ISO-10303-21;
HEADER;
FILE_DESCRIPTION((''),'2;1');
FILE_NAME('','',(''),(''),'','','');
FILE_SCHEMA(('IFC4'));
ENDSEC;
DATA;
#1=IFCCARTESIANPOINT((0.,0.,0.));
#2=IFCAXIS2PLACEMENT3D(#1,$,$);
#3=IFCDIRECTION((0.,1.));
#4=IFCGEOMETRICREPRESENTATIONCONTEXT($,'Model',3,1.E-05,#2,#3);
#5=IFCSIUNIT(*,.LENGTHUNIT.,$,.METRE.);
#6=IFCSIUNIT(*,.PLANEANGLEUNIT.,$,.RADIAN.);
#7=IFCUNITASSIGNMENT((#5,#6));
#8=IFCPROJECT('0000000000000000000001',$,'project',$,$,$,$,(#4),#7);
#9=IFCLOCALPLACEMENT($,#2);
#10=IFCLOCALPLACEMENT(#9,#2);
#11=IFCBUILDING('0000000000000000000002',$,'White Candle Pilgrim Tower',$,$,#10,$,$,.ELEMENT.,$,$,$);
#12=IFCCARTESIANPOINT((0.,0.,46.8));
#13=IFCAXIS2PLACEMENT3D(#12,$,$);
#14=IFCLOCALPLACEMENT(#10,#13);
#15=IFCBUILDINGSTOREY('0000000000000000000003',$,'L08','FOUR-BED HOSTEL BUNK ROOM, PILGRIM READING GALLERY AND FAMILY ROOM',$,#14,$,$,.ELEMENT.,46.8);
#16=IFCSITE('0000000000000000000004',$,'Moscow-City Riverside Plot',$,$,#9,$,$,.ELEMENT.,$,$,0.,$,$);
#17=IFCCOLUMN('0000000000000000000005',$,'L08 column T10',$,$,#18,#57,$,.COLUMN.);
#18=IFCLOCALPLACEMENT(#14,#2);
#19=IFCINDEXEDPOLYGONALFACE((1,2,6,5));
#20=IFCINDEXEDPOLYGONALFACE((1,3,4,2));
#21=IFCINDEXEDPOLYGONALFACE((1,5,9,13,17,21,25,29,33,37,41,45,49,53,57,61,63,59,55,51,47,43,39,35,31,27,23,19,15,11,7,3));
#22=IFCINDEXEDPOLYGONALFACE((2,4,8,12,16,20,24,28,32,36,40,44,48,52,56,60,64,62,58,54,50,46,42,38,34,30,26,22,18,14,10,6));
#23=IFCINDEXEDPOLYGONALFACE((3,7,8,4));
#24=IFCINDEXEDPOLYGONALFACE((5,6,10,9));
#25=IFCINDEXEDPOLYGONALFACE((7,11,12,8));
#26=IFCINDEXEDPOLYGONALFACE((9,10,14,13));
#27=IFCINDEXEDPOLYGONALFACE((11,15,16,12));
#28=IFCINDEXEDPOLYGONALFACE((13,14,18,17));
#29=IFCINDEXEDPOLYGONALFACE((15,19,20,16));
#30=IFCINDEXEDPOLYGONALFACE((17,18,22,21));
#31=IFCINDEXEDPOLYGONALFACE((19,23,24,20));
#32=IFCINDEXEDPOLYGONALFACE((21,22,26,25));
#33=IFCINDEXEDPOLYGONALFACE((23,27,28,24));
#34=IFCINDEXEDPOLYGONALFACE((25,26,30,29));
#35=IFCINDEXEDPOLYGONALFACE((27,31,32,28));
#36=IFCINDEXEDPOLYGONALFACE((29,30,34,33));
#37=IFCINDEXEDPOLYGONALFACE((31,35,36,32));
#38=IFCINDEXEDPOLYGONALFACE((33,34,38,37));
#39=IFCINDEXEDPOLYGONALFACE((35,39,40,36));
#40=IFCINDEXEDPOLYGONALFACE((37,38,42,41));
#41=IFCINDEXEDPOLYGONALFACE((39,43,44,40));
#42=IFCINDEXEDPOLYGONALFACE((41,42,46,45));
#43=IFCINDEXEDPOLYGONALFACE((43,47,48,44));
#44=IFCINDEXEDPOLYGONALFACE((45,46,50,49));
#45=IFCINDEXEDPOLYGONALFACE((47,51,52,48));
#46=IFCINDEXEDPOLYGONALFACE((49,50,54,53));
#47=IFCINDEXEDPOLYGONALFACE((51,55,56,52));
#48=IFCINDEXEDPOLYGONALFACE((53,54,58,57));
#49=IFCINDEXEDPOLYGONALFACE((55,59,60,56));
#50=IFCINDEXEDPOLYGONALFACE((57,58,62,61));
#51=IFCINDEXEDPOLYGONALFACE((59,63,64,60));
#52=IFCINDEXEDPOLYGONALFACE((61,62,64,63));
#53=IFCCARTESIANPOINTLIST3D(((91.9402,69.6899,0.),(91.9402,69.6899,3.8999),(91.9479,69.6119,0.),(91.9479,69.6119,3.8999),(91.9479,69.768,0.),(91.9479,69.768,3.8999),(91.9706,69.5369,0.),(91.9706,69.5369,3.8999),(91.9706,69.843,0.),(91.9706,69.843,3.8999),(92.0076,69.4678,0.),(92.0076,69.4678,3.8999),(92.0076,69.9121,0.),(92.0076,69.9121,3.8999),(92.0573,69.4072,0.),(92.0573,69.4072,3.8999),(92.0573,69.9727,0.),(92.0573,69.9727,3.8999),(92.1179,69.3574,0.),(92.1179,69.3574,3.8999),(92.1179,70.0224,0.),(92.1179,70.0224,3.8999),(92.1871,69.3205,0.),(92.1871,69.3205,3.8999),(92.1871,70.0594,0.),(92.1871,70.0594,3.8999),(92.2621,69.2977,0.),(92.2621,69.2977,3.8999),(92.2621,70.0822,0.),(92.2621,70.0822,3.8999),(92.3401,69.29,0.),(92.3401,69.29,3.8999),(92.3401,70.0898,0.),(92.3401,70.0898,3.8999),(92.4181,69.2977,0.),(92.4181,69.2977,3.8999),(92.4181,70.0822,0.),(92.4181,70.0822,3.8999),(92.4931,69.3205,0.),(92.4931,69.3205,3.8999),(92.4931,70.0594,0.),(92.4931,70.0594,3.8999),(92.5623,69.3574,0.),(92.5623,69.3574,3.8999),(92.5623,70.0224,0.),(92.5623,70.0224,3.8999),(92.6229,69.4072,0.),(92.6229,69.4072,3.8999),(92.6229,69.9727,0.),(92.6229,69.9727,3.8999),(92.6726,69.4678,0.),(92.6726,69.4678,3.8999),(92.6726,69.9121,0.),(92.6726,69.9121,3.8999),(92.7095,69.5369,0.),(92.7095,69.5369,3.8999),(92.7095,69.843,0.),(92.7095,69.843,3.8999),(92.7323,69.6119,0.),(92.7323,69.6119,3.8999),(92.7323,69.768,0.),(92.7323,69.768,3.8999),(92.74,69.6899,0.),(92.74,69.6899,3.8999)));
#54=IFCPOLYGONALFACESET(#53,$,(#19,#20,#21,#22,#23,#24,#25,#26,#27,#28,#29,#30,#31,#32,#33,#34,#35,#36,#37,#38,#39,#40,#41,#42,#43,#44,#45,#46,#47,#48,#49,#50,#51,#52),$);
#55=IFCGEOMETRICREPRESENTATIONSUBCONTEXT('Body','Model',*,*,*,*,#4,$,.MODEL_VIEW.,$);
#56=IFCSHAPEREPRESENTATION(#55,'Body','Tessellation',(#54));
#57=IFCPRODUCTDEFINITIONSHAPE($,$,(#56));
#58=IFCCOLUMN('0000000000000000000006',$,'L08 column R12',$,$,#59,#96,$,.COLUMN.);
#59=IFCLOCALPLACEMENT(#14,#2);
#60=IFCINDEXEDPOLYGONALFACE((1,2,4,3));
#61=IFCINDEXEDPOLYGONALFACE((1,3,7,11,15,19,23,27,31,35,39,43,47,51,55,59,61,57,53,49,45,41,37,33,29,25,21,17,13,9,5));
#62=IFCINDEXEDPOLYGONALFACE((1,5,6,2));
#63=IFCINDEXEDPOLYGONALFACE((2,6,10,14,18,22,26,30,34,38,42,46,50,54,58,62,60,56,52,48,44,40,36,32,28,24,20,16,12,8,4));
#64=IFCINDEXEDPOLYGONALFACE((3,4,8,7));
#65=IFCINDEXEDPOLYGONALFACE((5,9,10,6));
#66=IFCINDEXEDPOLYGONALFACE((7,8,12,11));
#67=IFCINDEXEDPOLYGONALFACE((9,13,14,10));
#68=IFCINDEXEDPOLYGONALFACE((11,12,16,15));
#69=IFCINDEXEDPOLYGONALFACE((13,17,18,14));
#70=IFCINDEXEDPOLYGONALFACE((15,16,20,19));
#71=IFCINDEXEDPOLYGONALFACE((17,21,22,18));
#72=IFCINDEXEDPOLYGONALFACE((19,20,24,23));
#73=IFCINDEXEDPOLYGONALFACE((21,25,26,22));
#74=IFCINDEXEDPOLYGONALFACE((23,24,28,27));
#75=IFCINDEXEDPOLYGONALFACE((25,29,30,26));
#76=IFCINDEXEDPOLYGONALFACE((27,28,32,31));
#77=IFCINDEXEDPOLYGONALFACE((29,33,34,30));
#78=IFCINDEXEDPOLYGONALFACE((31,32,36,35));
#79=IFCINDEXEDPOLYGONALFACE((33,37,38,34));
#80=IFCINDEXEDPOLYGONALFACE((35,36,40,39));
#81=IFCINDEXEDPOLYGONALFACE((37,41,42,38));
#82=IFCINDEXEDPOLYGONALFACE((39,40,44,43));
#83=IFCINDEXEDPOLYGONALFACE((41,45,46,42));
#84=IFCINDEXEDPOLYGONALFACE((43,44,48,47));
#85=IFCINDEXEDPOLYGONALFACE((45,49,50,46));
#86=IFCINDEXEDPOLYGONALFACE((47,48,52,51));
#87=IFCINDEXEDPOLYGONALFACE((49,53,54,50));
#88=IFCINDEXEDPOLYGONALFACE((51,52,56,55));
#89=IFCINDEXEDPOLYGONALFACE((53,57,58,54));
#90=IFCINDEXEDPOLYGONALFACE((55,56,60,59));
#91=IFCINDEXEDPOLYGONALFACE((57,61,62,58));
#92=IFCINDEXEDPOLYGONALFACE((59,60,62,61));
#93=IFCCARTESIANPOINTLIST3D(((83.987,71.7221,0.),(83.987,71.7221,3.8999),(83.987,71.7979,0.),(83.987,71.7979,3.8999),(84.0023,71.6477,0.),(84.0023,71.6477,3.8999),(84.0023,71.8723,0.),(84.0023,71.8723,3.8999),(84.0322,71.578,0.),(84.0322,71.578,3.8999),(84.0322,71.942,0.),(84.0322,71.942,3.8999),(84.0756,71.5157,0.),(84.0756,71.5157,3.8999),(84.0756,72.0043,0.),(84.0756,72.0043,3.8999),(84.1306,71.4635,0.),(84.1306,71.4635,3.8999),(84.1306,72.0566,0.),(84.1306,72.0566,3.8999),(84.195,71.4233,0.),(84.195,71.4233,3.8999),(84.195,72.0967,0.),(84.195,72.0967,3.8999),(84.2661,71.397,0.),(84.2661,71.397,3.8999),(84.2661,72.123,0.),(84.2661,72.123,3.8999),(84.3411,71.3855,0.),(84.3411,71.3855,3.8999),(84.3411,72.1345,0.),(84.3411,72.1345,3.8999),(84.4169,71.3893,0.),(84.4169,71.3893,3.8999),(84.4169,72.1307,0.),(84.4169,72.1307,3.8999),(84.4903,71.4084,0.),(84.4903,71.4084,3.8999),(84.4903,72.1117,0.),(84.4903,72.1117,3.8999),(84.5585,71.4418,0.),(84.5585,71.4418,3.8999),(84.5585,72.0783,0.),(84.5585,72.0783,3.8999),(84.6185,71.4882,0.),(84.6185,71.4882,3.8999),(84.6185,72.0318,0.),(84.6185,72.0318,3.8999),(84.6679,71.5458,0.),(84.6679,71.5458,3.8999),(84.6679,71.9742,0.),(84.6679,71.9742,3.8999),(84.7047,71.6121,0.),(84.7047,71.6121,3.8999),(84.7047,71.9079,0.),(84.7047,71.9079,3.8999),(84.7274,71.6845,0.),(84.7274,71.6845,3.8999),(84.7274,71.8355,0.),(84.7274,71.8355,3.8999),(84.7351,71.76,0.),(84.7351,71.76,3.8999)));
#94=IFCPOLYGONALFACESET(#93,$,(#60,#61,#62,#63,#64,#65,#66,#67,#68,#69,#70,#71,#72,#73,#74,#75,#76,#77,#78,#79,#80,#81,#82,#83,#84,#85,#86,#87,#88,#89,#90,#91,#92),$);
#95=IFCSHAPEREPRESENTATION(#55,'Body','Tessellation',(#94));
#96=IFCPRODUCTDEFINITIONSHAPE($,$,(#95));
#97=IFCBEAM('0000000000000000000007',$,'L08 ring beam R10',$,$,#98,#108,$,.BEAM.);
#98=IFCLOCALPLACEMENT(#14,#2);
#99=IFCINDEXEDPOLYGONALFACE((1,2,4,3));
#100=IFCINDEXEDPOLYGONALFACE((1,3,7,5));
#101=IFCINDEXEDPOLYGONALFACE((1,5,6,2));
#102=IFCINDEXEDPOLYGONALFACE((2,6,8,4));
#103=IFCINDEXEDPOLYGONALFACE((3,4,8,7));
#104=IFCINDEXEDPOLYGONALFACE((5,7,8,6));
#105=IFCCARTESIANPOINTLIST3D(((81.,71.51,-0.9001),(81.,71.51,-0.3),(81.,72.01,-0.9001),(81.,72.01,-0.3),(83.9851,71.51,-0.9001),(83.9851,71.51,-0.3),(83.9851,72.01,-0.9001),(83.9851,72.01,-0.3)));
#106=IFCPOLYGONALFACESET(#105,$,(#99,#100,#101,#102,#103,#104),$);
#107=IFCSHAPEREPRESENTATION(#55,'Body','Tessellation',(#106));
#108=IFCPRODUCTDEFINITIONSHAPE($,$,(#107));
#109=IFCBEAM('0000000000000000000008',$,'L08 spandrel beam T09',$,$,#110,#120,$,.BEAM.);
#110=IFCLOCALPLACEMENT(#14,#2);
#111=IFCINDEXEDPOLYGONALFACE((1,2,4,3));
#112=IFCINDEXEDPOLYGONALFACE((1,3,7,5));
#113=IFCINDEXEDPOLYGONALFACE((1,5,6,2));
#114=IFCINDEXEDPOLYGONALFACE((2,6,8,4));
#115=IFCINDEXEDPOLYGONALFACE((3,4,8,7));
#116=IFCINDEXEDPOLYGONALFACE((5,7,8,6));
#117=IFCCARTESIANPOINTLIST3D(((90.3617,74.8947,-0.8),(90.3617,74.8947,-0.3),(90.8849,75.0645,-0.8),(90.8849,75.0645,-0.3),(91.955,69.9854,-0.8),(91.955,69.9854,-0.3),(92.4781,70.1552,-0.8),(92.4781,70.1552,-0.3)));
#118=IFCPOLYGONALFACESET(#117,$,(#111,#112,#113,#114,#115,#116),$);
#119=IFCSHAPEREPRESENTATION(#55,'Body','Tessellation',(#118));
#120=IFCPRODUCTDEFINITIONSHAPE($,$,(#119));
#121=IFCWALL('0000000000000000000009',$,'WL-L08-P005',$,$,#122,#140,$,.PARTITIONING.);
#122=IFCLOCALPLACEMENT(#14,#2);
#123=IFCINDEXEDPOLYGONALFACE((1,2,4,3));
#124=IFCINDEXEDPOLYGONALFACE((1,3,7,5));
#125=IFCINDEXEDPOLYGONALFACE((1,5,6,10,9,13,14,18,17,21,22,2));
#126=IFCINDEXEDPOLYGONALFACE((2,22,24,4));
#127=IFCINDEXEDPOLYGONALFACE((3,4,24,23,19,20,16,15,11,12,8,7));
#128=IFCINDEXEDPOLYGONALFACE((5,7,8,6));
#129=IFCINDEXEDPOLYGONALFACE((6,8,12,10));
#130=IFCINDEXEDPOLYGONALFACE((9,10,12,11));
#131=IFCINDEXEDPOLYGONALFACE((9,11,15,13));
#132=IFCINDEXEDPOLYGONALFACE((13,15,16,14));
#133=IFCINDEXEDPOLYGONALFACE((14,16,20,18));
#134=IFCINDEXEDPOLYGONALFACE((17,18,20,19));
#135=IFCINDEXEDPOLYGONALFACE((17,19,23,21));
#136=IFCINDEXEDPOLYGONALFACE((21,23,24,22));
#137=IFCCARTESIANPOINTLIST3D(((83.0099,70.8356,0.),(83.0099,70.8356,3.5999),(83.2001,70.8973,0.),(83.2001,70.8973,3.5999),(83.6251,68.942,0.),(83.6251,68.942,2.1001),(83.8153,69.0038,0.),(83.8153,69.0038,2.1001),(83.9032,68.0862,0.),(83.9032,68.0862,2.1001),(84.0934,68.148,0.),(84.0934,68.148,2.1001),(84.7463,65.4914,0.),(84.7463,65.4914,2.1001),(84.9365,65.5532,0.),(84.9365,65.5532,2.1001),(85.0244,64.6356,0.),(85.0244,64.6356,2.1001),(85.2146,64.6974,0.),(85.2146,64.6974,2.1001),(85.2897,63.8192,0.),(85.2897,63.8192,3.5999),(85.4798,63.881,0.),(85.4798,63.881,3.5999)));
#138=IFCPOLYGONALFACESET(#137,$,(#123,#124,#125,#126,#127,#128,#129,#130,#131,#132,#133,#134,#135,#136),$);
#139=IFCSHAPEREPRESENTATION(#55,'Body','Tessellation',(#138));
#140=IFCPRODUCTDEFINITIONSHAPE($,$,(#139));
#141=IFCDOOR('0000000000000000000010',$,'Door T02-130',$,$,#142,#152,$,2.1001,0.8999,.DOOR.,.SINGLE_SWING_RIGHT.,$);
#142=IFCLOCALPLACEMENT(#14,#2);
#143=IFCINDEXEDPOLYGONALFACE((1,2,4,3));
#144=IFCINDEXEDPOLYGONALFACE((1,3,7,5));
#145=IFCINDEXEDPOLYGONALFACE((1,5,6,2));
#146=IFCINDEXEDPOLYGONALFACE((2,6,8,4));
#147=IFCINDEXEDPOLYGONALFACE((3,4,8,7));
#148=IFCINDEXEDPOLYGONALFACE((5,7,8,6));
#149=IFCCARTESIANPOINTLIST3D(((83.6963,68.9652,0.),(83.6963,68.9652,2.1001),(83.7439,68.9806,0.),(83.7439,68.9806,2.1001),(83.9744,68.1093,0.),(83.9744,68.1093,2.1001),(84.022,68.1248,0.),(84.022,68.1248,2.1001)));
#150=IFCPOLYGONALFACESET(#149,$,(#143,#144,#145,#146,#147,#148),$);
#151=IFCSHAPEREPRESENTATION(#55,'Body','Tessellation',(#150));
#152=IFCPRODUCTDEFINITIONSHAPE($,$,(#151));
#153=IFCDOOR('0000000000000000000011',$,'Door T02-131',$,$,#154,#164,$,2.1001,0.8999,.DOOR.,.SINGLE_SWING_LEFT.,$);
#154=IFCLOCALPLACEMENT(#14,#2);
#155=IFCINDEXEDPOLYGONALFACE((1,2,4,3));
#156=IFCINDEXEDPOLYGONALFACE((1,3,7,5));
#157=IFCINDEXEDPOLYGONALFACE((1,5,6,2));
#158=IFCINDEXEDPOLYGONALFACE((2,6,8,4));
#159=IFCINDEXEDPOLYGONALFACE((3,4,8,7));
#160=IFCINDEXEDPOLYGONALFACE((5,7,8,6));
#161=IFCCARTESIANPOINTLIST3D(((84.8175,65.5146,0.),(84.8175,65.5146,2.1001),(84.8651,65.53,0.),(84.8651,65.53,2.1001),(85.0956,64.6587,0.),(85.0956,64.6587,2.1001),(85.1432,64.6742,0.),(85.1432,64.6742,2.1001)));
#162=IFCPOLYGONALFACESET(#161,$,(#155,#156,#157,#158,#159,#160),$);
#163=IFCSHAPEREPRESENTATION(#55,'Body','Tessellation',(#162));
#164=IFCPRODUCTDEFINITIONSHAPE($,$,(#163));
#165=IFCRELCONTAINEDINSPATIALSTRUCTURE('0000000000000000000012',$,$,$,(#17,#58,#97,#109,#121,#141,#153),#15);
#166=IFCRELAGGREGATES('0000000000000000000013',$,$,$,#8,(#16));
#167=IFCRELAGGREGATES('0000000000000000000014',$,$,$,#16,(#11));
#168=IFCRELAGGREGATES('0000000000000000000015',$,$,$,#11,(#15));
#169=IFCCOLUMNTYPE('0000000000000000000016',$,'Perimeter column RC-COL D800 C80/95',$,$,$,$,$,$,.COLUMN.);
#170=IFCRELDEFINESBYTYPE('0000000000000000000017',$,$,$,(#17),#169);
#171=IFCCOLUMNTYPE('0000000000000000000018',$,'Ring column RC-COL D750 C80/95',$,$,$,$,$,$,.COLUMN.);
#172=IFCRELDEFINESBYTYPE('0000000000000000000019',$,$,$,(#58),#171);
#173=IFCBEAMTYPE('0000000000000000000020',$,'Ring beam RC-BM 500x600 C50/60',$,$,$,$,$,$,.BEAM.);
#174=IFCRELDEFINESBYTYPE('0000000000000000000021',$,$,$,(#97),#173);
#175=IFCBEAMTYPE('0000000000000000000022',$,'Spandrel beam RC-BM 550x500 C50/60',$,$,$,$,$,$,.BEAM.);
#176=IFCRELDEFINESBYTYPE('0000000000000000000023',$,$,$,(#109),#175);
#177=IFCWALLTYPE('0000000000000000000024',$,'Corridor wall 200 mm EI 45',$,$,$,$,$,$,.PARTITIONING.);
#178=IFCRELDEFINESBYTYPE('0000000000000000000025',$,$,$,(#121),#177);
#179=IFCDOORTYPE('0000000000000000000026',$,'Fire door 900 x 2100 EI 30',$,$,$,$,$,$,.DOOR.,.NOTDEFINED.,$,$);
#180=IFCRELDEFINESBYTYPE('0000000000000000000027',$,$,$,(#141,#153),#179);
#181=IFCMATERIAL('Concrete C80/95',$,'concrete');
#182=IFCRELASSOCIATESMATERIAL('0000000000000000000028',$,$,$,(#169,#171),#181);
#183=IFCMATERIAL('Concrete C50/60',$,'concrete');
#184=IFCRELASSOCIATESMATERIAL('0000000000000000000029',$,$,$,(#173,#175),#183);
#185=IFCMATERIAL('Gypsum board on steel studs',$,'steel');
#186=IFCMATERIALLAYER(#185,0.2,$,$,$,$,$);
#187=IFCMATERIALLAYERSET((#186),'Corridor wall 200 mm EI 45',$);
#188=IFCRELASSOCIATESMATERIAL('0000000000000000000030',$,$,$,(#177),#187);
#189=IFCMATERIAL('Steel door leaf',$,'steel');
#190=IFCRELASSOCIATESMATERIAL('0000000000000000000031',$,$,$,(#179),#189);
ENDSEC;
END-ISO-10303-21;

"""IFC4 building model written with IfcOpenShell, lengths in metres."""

from ifc_helpers import new_model, si_unit, direction, frame, frame_2d, origin, origin_2d, place, context, subcontext, project, spatial, rectangle, circle, extrude, material, layer, layer_set, material_profile, profile_set, type_object, element, fill, save


model = new_model("IFC4")

# Units and contexts
model_context = context("Model", 3, precision=1e-05, world=origin(), true_north=direction((0.0, 1.0)))
body_context = subcontext(model_context, "Body", "Model", "MODEL_VIEW")
ifc_project = project(units=[si_unit("LENGTHUNIT", "METRE"), si_unit("PLANEANGLEUNIT", "RADIAN")], contexts=[model_context])

# Site, building, storey
site_placement = place(None, origin())
site = spatial("IfcSite", under=ifc_project, at=site_placement, Name="Moscow-City Riverside Plot", CompositionType="ELEMENT", RefElevation=0.0)
building_placement = place(site_placement, origin())
building = spatial("IfcBuilding", under=site, at=building_placement, Name="White Candle Pilgrim Tower", CompositionType="ELEMENT")
storey_placement = place(building_placement, frame((0.0, 0.0, 46.8)))
storey = spatial("IfcBuildingStorey", under=building, at=storey_placement, Name="L08", Description="FOUR-BED HOSTEL BUNK ROOM, PILGRIM READING GALLERY AND FAMILY ROOM", CompositionType="ELEMENT", Elevation=46.8)

# Columns
ifc_material_1 = material(Name="Concrete C80/95", Category="concrete")
ifc_material_profile_1 = material_profile(ifc_material_1, circle(Radius=0.3999, at=origin_2d()), Name="RC-COL D800")
ifc_profile_set_1 = profile_set([ifc_material_profile_1], Name="Concrete C80/95")
column_type_1 = type_object("IfcColumnType", Name="Perimeter column RC-COL D800 C80/95", PredefinedType="COLUMN", material=ifc_profile_set_1)
column_1_placement = place(storey_placement, frame((92.3401, 69.6899, 0.0), z_axis=(0.0, 0.0, 1.0), x_axis=(1.0, 0.0, 0.0)))
element("IfcColumn", 1, at=column_1_placement, inside=storey, type_object=column_type_1, Name="L08 column T10", PredefinedType="COLUMN", context=body_context, shape_type="SweptSolid", body=[
    extrude(circle(Radius=0.3999, at=origin_2d()), origin(), (0.0, 0.0, 1.0), 3.8999),
])
ifc_material_profile_2 = material_profile(ifc_material_1, circle(Radius=0.375, at=origin_2d()), Name="RC-COL D750")
ifc_profile_set_2 = profile_set([ifc_material_profile_2], Name="Concrete C80/95")
column_type_2 = type_object("IfcColumnType", Name="Ring column RC-COL D750 C80/95", PredefinedType="COLUMN", material=ifc_profile_set_2)
column_2_placement = place(storey_placement, frame((84.3601, 71.76, 0.0), z_axis=(0.0, 0.0, 1.0), x_axis=(1.0, 0.0, 0.0)))
element("IfcColumn", 2, at=column_2_placement, inside=storey, type_object=column_type_2, Name="L08 column R12", PredefinedType="COLUMN", context=body_context, shape_type="SweptSolid", body=[
    extrude(circle(Radius=0.375, at=origin_2d()), origin(), (0.0, 0.0, 1.0), 3.8999),
])

# Beams
ifc_material_2 = material(Name="Concrete C50/60", Category="concrete")
ifc_material_profile_3 = material_profile(ifc_material_2, rectangle(XDim=0.5, YDim=0.6001, at=origin_2d()), Name="RC-BM 500x600")
ifc_profile_set_3 = profile_set([ifc_material_profile_3], Name="Concrete C50/60")
beam_type_1 = type_object("IfcBeamType", Name="Ring beam RC-BM 500x600 C50/60", PredefinedType="BEAM", material=ifc_profile_set_3)
beam_1_placement = place(storey_placement, frame((83.9851, 71.76, -0.6001), z_axis=(-1.0, 0.0, 0.0), x_axis=(0.0, -1.0, 0.0)))
element("IfcBeam", 3, at=beam_1_placement, inside=storey, type_object=beam_type_1, Name="L08 ring beam R10", PredefinedType="BEAM", context=body_context, shape_type="SweptSolid", body=[
    extrude(rectangle(XDim=0.5, YDim=0.6001, at=origin_2d()), origin(), (0.0, 0.0, 1.0), 2.9851),
])
ifc_material_profile_4 = material_profile(ifc_material_2, rectangle(XDim=0.55, YDim=0.5, at=origin_2d()), Name="RC-BM 550x500")
ifc_profile_set_4 = profile_set([ifc_material_profile_4], Name="Concrete C50/60")
beam_type_2 = type_object("IfcBeamType", Name="Spandrel beam RC-BM 550x500 C50/60", PredefinedType="BEAM", material=ifc_profile_set_4)
beam_2_placement = place(storey_placement, frame((92.2166, 70.0703, -0.55), z_axis=(-0.308683, 0.951165, 0.0), x_axis=(-0.951165, -0.308683, 0.0)))
element("IfcBeam", 4, at=beam_2_placement, inside=storey, type_object=beam_type_2, Name="L08 spandrel beam T09", PredefinedType="BEAM", context=body_context, shape_type="SweptSolid", body=[
    extrude(rectangle(XDim=0.55, YDim=0.5, at=origin_2d()), origin(), (0.0, 0.0, 1.0), 5.1614),
])

# Wall, openings, doors
ifc_material_3 = material(Name="Gypsum board on steel studs", Category="steel")
ifc_layer_1 = layer(ifc_material_3, 0.2)
ifc_layer_set_1 = layer_set([ifc_layer_1], Name="Corridor wall 200 mm EI 45")
wall_type_1 = type_object("IfcWallType", Name="Corridor wall 200 mm EI 45", PredefinedType="PARTITIONING", material=ifc_layer_set_1)
wall_1_placement = place(storey_placement, frame((83.105, 70.8665, 0.0), z_axis=(0.0, 0.0, 1.0), x_axis=(0.309021, -0.951055, 0.0)))
wall_1 = element("IfcWall", 5, at=wall_1_placement, inside=storey, type_object=wall_type_1, Name="WL-L08-P005", PredefinedType="PARTITIONING", context=body_context, shape_type="SweptSolid", body=[
    extrude(rectangle(XDim=7.3774, YDim=0.2, at=frame_2d((3.6887, 0.0))), origin(), (0.0, 0.0, 1.0), 3.5999),
])
opening_1_placement = place(wall_1_placement, frame((1.991, 0.0, 0.0)))
opening_1 = element("IfcOpeningElement", 6, at=opening_1_placement, cuts=wall_1, PredefinedType="OPENING", context=body_context, shape_type="SweptSolid", body=[
    extrude(rectangle(XDim=0.8999, YDim=2.1001, at=frame_2d((0.45, 1.05))), frame((0.0, 0.1099, 0.0), z_axis=(0.0, -1.0, 0.0), x_axis=(1.0, 0.0, 0.0)), (0.0, 0.0, 1.0), 0.22),
])
opening_2_placement = place(wall_1_placement, frame((5.6191, 0.0, 0.0)))
opening_2 = element("IfcOpeningElement", 7, at=opening_2_placement, cuts=wall_1, PredefinedType="OPENING", context=body_context, shape_type="SweptSolid", body=[
    extrude(rectangle(XDim=0.8999, YDim=2.1001, at=frame_2d((0.45, 1.05))), frame((0.0, 0.1099, 0.0), z_axis=(0.0, -1.0, 0.0), x_axis=(1.0, 0.0, 0.0)), (0.0, 0.0, 1.0), 0.22),
])
ifc_material_4 = material(Name="Steel door leaf", Category="steel")
door_type = type_object("IfcDoorType", Name="Fire door 900 x 2100 EI 30", OperationType="NOTDEFINED", PredefinedType="DOOR", material=ifc_material_4)
door_1_placement = place(opening_1_placement, origin())
door_1 = element("IfcDoor", 8, at=door_1_placement, inside=storey, type_object=door_type, Name="Door T02-130", OperationType="SINGLE_SWING_RIGHT", OverallHeight=2.1001, OverallWidth=0.8999, PredefinedType="DOOR", context=body_context, shape_type="SweptSolid", body=[
    extrude(rectangle(XDim=0.8999, YDim=2.1001, at=frame_2d((0.45, 1.05))), frame((0.0, 0.0249, 0.0), z_axis=(0.0, -1.0, 0.0), x_axis=(1.0, 0.0, 0.0)), (0.0, 0.0, 1.0), 0.05),
])
fill(opening_1, door_1)
door_2_placement = place(opening_2_placement, origin())
door_2 = element("IfcDoor", 9, at=door_2_placement, inside=storey, type_object=door_type, Name="Door T02-131", OperationType="SINGLE_SWING_LEFT", OverallHeight=2.1001, OverallWidth=0.8999, PredefinedType="DOOR", context=body_context, shape_type="SweptSolid", body=[
    extrude(rectangle(XDim=0.8999, YDim=2.1001, at=frame_2d((0.45, 1.05))), frame((0.0, 0.0249, 0.0), z_axis=(0.0, -1.0, 0.0), x_axis=(1.0, 0.0, 0.0)), (0.0, 0.0, 1.0), 0.05),
])
fill(opening_2, door_2)

save(model, "model.ifc")
